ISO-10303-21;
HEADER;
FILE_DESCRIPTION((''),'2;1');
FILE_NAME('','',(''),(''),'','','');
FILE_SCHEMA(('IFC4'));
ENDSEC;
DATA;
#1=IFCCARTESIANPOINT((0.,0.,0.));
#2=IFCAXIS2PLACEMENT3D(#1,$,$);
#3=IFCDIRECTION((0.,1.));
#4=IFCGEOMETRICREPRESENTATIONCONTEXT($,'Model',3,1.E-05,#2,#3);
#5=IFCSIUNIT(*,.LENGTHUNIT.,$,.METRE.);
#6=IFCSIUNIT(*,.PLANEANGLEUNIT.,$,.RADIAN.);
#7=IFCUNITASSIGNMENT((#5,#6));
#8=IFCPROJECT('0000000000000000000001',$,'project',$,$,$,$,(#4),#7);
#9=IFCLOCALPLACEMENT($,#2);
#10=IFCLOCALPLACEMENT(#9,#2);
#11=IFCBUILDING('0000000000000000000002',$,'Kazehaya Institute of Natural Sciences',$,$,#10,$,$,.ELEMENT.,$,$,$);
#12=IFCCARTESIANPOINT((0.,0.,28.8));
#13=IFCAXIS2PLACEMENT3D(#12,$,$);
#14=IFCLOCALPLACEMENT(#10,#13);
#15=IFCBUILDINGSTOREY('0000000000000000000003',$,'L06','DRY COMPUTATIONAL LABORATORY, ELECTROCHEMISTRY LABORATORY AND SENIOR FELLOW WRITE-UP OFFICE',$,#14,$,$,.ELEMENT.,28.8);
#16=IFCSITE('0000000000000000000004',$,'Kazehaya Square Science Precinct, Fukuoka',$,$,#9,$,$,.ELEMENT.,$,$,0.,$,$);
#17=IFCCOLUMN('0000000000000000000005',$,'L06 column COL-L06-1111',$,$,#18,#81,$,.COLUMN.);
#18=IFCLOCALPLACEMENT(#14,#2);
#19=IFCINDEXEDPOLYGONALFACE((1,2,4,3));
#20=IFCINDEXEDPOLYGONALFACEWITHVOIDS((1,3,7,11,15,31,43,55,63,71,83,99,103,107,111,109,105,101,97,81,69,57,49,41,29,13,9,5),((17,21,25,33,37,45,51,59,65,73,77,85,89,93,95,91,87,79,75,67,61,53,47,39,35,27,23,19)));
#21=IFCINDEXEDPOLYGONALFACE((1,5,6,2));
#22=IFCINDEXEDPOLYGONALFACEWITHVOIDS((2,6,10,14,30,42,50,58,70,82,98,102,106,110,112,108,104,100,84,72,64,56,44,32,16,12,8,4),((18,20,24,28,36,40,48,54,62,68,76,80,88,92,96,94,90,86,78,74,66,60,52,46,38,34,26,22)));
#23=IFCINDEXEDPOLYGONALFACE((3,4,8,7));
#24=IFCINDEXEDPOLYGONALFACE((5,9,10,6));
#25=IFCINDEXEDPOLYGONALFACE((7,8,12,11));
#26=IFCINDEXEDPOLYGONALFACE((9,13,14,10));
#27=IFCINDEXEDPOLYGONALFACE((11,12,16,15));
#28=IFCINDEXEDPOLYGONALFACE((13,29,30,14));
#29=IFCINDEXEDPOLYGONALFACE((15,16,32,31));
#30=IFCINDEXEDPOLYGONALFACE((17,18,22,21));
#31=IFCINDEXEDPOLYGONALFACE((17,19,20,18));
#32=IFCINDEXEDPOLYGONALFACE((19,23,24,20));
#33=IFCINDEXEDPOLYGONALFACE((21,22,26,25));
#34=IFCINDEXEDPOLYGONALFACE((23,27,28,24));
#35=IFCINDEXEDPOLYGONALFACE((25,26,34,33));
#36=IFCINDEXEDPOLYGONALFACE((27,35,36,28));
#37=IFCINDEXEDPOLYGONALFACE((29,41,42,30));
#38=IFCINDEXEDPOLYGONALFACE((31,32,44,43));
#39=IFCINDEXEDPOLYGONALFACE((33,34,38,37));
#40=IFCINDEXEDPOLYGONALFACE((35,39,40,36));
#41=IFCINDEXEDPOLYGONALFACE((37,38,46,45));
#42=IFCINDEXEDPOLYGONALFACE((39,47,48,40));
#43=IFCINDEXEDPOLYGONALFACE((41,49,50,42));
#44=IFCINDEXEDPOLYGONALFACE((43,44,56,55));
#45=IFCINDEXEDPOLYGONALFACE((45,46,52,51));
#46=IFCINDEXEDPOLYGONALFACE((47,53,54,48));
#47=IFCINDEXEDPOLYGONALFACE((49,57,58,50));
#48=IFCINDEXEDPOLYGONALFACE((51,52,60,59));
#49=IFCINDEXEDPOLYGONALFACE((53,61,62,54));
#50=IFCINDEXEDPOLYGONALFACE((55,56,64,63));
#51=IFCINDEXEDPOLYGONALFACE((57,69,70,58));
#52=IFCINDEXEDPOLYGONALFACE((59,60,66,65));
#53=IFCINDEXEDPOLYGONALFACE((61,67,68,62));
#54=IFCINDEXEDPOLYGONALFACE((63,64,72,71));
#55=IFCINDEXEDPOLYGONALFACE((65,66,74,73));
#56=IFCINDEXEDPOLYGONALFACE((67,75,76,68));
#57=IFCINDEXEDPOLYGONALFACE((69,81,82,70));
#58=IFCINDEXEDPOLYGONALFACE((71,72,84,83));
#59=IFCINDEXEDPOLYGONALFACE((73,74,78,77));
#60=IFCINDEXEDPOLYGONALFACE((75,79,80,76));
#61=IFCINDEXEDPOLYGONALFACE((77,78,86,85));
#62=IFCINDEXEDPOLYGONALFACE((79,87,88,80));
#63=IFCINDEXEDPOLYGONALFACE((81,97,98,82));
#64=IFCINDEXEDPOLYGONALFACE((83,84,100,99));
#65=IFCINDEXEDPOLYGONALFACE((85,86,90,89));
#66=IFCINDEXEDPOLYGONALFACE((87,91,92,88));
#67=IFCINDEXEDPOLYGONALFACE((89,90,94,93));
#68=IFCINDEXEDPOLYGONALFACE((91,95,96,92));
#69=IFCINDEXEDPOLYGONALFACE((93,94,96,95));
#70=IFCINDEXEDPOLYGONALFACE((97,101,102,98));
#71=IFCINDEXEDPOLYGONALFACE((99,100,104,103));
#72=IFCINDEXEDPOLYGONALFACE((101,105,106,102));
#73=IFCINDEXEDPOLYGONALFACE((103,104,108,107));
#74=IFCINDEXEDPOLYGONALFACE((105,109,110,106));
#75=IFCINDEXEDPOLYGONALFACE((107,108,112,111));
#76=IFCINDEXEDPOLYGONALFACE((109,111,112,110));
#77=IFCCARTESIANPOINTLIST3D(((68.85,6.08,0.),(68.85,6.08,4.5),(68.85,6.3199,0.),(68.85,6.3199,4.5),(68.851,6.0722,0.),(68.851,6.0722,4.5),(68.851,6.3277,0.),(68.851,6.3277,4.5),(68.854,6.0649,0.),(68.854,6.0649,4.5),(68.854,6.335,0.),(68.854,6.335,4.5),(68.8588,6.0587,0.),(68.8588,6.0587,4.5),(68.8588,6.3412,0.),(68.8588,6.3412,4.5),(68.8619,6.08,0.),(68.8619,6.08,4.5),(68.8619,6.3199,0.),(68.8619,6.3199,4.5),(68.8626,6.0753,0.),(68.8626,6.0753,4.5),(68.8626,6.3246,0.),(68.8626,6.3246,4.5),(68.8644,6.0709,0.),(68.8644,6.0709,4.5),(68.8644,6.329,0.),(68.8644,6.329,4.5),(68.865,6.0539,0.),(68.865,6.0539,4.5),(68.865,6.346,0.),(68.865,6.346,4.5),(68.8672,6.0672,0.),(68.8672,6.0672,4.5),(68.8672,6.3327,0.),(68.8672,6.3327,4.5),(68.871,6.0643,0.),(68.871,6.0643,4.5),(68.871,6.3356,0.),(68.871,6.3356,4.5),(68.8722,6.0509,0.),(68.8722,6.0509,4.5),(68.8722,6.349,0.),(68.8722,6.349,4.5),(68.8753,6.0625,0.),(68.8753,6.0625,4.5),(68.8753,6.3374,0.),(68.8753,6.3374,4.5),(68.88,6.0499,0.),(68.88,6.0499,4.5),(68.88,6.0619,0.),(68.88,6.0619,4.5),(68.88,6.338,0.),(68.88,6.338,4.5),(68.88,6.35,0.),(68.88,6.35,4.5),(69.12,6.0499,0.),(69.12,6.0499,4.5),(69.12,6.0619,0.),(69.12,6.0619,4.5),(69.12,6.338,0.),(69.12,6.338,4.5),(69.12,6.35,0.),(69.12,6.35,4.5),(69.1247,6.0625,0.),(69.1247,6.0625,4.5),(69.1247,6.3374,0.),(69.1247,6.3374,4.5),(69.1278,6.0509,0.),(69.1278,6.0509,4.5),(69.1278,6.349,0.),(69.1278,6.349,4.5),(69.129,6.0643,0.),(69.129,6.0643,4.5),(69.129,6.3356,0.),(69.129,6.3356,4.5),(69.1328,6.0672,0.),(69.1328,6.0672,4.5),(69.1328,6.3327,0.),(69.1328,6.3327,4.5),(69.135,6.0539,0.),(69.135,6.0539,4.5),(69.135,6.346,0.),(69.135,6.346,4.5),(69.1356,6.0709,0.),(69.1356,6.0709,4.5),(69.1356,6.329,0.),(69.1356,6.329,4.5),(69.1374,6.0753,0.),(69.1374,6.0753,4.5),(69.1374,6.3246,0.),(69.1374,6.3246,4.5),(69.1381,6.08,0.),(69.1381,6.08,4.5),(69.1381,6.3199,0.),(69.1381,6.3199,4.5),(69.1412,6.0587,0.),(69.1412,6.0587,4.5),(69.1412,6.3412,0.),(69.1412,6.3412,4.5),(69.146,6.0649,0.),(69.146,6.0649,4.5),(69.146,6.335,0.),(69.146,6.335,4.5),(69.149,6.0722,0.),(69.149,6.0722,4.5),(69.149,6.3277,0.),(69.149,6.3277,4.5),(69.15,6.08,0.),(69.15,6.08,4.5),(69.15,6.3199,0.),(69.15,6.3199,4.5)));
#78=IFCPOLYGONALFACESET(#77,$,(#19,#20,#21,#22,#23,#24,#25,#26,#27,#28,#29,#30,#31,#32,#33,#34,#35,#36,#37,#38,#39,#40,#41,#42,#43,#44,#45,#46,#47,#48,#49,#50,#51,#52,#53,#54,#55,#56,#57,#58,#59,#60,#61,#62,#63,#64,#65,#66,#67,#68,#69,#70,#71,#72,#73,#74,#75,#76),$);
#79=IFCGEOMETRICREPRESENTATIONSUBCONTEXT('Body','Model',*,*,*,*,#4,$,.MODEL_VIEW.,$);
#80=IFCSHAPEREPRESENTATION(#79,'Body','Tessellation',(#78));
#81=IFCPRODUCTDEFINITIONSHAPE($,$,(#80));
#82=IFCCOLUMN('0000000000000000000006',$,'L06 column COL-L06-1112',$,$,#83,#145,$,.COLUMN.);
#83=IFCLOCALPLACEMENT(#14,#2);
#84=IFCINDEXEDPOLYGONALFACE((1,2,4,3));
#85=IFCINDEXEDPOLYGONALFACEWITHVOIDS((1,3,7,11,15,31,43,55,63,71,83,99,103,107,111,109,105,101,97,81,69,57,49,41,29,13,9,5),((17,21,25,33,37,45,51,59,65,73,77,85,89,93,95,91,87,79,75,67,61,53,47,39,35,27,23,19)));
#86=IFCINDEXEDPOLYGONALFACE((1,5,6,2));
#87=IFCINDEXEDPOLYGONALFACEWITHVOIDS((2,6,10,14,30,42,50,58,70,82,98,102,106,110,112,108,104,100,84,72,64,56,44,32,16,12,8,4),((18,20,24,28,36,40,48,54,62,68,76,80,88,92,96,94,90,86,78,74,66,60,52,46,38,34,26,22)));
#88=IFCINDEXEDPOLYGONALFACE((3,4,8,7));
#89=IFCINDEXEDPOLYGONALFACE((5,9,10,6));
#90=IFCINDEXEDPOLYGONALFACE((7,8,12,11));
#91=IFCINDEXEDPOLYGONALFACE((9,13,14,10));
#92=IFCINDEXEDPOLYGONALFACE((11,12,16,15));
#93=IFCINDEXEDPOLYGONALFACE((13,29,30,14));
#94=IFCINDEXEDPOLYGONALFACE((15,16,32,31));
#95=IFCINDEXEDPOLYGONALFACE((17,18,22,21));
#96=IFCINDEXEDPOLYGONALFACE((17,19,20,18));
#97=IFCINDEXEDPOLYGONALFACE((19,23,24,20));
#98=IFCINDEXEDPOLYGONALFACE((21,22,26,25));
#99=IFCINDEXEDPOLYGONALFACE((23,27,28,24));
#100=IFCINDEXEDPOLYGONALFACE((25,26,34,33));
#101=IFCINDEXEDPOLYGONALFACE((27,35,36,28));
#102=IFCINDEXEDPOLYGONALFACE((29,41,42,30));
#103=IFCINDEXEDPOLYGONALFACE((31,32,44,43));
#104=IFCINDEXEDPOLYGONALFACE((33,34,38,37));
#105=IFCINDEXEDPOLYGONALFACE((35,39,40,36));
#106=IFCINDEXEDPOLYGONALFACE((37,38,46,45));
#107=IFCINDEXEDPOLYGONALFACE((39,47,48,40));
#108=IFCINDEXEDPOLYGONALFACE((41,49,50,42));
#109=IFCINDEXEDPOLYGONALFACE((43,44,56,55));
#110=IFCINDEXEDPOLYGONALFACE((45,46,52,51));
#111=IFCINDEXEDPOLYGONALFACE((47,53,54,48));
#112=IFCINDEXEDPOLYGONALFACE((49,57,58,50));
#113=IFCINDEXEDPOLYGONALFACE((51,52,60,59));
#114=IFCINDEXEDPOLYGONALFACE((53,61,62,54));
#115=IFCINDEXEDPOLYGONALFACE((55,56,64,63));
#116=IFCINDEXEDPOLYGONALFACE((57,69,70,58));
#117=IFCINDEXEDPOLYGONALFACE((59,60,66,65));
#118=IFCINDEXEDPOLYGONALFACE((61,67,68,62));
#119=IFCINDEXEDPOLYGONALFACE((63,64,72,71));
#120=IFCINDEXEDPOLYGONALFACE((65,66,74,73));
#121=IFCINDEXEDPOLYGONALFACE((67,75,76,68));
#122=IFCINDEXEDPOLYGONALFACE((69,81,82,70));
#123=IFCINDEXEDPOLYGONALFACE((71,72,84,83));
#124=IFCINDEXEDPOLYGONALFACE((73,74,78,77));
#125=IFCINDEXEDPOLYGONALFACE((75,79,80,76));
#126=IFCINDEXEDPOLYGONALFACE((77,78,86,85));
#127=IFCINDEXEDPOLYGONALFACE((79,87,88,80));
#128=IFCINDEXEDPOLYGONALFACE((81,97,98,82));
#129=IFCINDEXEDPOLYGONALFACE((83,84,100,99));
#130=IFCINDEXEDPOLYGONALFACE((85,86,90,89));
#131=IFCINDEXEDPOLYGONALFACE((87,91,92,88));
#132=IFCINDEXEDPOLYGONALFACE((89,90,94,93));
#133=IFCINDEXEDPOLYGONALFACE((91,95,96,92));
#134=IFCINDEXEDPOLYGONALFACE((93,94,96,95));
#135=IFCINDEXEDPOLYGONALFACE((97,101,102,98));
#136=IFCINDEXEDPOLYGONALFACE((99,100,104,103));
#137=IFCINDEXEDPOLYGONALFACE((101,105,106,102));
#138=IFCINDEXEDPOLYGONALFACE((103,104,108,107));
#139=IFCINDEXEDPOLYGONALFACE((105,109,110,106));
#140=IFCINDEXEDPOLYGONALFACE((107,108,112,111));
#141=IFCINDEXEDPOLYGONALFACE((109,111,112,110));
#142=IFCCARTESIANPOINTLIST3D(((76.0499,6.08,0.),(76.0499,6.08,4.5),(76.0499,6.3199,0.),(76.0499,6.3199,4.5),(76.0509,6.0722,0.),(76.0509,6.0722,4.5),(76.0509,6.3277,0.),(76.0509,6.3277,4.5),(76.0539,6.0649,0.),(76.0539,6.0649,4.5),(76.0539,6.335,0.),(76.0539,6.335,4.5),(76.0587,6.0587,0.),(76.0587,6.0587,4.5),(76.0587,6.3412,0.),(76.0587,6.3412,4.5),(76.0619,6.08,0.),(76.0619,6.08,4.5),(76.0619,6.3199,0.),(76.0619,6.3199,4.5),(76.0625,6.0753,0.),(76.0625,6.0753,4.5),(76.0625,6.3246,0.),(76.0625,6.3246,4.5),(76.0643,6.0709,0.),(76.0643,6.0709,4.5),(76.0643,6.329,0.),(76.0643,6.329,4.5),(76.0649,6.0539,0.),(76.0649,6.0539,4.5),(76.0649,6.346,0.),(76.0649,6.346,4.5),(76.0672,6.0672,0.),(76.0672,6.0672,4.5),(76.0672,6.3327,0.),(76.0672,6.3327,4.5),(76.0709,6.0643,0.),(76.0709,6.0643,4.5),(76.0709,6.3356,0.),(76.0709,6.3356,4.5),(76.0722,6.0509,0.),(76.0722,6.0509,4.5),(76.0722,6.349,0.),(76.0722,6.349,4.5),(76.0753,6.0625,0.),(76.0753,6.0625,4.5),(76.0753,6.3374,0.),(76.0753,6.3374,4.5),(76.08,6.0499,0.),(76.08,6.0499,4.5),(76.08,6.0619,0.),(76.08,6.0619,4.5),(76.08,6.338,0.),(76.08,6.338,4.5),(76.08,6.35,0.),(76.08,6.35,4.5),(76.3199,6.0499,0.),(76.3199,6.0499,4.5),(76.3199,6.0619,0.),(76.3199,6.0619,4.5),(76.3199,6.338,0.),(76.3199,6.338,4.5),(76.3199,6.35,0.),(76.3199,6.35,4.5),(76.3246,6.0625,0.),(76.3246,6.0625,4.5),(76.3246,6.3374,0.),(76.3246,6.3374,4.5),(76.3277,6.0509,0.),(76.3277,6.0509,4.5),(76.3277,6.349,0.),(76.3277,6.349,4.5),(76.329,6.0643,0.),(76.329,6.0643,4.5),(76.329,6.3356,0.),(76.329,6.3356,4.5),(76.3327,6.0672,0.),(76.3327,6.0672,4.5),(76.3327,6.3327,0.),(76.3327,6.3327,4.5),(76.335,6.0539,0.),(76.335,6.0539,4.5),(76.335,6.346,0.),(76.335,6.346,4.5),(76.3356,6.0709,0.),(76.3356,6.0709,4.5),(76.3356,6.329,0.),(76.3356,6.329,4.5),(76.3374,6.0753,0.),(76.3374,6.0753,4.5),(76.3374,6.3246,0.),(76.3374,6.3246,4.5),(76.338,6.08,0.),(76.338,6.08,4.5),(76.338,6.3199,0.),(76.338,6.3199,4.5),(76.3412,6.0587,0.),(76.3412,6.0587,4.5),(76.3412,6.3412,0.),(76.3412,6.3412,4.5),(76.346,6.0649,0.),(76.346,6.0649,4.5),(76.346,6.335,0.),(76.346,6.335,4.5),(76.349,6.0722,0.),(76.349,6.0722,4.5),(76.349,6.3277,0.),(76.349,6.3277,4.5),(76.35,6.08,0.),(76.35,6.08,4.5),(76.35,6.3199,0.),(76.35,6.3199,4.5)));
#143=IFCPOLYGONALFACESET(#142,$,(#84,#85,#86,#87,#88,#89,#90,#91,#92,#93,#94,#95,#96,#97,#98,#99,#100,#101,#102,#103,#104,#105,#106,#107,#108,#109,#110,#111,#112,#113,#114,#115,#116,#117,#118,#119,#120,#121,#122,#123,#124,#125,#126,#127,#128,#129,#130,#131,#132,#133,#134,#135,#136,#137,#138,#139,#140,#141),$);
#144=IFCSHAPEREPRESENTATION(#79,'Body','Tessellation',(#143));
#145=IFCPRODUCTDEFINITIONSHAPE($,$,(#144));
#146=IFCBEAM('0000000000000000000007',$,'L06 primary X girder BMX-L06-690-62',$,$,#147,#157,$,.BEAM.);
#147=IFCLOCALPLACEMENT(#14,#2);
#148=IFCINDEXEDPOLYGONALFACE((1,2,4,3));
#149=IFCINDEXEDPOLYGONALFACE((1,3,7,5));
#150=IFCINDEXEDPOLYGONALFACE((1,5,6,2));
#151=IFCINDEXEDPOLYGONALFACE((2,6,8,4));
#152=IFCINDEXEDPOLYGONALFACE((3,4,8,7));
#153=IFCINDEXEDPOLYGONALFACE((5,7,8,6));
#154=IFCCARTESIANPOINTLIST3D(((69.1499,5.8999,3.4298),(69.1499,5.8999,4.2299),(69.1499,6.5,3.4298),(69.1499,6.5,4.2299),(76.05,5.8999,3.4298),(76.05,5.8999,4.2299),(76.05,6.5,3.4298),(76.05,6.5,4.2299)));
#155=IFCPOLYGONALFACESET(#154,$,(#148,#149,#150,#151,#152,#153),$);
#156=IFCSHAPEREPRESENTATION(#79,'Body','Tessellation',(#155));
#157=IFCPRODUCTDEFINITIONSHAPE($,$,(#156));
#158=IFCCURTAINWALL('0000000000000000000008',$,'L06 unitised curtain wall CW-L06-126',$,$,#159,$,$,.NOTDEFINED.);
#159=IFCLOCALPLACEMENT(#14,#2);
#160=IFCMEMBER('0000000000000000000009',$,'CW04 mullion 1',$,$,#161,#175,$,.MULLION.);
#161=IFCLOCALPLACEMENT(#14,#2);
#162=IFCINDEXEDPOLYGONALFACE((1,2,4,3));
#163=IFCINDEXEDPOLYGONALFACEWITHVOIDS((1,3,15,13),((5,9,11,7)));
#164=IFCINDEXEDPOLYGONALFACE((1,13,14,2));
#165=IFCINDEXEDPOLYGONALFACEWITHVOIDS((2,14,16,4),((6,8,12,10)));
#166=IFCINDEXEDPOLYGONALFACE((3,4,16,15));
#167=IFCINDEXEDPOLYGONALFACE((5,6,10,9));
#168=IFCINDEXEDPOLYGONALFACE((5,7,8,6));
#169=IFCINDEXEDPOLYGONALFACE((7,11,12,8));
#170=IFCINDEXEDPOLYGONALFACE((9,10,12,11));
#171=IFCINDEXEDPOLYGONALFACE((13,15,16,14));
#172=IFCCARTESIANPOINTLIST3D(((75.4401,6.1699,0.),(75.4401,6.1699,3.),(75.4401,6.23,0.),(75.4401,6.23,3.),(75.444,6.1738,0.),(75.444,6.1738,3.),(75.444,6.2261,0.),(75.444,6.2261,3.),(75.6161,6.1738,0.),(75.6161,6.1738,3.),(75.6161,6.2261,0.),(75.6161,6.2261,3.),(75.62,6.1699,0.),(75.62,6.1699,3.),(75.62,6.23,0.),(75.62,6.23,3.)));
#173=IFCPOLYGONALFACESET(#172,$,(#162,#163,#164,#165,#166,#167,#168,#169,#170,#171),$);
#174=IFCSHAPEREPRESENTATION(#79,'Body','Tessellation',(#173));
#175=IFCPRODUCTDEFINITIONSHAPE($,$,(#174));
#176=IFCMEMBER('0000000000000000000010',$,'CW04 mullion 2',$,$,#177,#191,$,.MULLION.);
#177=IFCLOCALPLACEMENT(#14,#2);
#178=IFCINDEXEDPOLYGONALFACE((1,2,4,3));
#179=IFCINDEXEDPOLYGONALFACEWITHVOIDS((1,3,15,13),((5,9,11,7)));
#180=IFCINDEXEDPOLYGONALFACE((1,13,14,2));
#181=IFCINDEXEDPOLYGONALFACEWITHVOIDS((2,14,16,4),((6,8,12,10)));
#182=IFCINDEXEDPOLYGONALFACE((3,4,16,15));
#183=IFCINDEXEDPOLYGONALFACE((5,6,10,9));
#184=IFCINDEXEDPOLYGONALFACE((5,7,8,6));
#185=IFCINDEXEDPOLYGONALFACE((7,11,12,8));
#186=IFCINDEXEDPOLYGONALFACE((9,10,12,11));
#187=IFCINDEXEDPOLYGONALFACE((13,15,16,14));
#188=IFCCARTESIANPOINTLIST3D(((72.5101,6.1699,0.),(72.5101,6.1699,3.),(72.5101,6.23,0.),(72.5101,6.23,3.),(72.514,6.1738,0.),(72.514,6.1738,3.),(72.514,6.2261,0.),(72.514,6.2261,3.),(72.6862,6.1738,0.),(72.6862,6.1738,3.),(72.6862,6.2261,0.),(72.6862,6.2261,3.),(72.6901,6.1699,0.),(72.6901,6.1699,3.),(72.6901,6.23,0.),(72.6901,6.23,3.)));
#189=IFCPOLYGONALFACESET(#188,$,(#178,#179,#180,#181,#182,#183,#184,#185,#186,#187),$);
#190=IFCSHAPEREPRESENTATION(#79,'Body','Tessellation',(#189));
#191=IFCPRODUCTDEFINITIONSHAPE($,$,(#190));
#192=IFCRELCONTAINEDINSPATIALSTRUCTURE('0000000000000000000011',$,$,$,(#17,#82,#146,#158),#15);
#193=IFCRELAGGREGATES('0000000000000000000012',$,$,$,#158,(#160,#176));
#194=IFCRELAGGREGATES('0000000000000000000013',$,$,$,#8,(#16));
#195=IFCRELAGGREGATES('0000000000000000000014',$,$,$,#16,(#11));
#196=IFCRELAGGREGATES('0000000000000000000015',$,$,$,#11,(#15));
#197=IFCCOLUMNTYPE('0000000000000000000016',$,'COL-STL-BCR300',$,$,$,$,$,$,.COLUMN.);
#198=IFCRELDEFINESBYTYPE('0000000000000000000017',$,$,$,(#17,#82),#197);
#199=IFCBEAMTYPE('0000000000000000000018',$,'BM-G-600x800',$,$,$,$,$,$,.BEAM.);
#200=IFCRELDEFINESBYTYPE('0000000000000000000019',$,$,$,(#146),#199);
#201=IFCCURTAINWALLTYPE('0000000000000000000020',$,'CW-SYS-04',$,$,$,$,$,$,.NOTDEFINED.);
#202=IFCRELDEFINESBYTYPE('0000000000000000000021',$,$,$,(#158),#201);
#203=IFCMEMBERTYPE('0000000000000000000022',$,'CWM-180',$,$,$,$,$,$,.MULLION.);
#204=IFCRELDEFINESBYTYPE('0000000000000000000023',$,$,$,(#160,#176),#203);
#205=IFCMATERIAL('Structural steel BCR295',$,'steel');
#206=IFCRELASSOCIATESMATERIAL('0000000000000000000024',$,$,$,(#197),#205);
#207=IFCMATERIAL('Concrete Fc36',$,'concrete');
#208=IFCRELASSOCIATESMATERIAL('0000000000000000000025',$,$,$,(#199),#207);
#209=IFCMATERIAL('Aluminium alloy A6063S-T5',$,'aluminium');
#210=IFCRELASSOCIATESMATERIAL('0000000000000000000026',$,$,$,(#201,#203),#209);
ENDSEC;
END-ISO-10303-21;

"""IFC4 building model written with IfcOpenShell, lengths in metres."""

from ifc_helpers import new_model, si_unit, direction, frame, origin, origin_2d, place, context, subcontext, project, spatial, rectangle, hollow_rectangle, extrude, material, material_profile, profile_set, type_object, element, aggregate, save


model = new_model("IFC4")

# Units and contexts
model_context = context("Model", 3, precision=1e-05, world=origin(), true_north=direction((0.0, 1.0)))
body_context = subcontext(model_context, "Body", "Model", "MODEL_VIEW")
ifc_project = project(units=[si_unit("LENGTHUNIT", "METRE"), si_unit("PLANEANGLEUNIT", "RADIAN")], contexts=[model_context])

# Site, building, storey
site_placement = place(None, origin())
site = spatial("IfcSite", under=ifc_project, at=site_placement, Name="Kazehaya Square Science Precinct, Fukuoka", CompositionType="ELEMENT", RefElevation=0.0)
building_placement = place(site_placement, origin())
building = spatial("IfcBuilding", under=site, at=building_placement, Name="Kazehaya Institute of Natural Sciences", CompositionType="ELEMENT")
storey_placement = place(building_placement, frame((0.0, 0.0, 28.8)))
storey = spatial("IfcBuildingStorey", under=building, at=storey_placement, Name="L06", Description="DRY COMPUTATIONAL LABORATORY, ELECTROCHEMISTRY LABORATORY AND SENIOR FELLOW WRITE-UP OFFICE", CompositionType="ELEMENT", Elevation=28.8)

# Columns
ifc_material_1 = material(Name="Structural steel BCR295", Category="steel")
ifc_material_profile_1 = material_profile(ifc_material_1, hollow_rectangle(XDim=0.3, YDim=0.3, WallThickness=0.012, InnerFilletRadius=0.0181, OuterFilletRadius=0.03, at=origin_2d()), Name="BCR-300x300x12")
ifc_profile_set_1 = profile_set([ifc_material_profile_1], Name="Structural steel BCR295")
column_type = type_object("IfcColumnType", Name="COL-STL-BCR300", PredefinedType="COLUMN", material=ifc_profile_set_1)
for number, where, z_axis, x_axis, name in (
    (1, (69.0, 6.2, 0.0), (0.0, 0.0, 1.0), (1.0, 0.0, 0.0), "L06 column COL-L06-1111"),
    (2, (76.2, 6.2, 0.0), (0.0, 0.0, 1.0), (1.0, 0.0, 0.0), "L06 column COL-L06-1112"),
):
    element("IfcColumn", number, at=place(storey_placement, frame(where, z_axis=z_axis, x_axis=x_axis)), inside=storey, type_object=column_type, Name=name, PredefinedType="COLUMN", context=body_context, shape_type="SweptSolid", body=[
        extrude(hollow_rectangle(XDim=0.3, YDim=0.3, WallThickness=0.012, InnerFilletRadius=0.0181, OuterFilletRadius=0.03, at=origin_2d()), origin(), (0.0, 0.0, 1.0), 4.5),
    ])

# Beam
ifc_material_2 = material(Name="Concrete Fc36", Category="concrete")
ifc_material_profile_2 = material_profile(ifc_material_2, rectangle(XDim=0.6001, YDim=0.8, at=origin_2d()), Name="RC-600x800")
ifc_profile_set_2 = profile_set([ifc_material_profile_2], Name="Concrete Fc36")
beam_type = type_object("IfcBeamType", Name="BM-G-600x800", PredefinedType="BEAM", material=ifc_profile_set_2)
beam_placement = place(storey_placement, frame((69.1499, 6.2, 3.8298), z_axis=(1.0, 0.0, 0.0), x_axis=(0.0, 1.0, 0.0)))
element("IfcBeam", 3, at=beam_placement, inside=storey, type_object=beam_type, Name="L06 primary X girder BMX-L06-690-62", PredefinedType="BEAM", context=body_context, shape_type="SweptSolid", body=[
    extrude(rectangle(XDim=0.6001, YDim=0.8, at=origin_2d()), origin(), (0.0, 0.0, 1.0), 6.9001),
])

# Curtain wall, members
ifc_material_3 = material(Name="Aluminium alloy A6063S-T5", Category="aluminium")
curtain_wall_type = type_object("IfcCurtainWallType", Name="CW-SYS-04", PredefinedType="NOTDEFINED", material=ifc_material_3)
curtain_wall_1_placement = place(storey_placement, origin())
curtain_wall_1 = element("IfcCurtainWall", 4, at=curtain_wall_1_placement, inside=storey, type_object=curtain_wall_type, Name="L06 unitised curtain wall CW-L06-126", PredefinedType="NOTDEFINED")
ifc_material_profile_3 = material_profile(ifc_material_3, hollow_rectangle(XDim=0.0601, YDim=0.1799, WallThickness=0.0039, at=origin_2d()), Name="ALU-60x180x4")
ifc_profile_set_3 = profile_set([ifc_material_profile_3], Name="Aluminium alloy A6063S-T5")
member_type_1 = type_object("IfcMemberType", Name="CWM-180", PredefinedType="MULLION", material=ifc_profile_set_3)
member_1_placement = place(storey_placement, frame((75.53, 6.2, 0.0), z_axis=(0.0, 0.0, 1.0), x_axis=(0.0, -1.0, 0.0)))
member_1 = element("IfcMember", 5, at=member_1_placement, type_object=member_type_1, Name="CW04 mullion 1", PredefinedType="MULLION", context=body_context, shape_type="SweptSolid", body=[
    extrude(hollow_rectangle(XDim=0.0601, YDim=0.1799, WallThickness=0.0039, at=origin_2d()), origin(), (0.0, 0.0, 1.0), 3.0),
])
member_2_placement = place(storey_placement, frame((72.6001, 6.2, 0.0), z_axis=(0.0, 0.0, 1.0), x_axis=(0.0, -1.0, 0.0)))
member_2 = element("IfcMember", 6, at=member_2_placement, type_object=member_type_1, Name="CW04 mullion 2", PredefinedType="MULLION", context=body_context, shape_type="SweptSolid", body=[
    extrude(hollow_rectangle(XDim=0.0601, YDim=0.1799, WallThickness=0.0039, at=origin_2d()), origin(), (0.0, 0.0, 1.0), 3.0),
])

aggregate(curtain_wall_1, [member_1, member_2])

save(model, "model.ifc")
